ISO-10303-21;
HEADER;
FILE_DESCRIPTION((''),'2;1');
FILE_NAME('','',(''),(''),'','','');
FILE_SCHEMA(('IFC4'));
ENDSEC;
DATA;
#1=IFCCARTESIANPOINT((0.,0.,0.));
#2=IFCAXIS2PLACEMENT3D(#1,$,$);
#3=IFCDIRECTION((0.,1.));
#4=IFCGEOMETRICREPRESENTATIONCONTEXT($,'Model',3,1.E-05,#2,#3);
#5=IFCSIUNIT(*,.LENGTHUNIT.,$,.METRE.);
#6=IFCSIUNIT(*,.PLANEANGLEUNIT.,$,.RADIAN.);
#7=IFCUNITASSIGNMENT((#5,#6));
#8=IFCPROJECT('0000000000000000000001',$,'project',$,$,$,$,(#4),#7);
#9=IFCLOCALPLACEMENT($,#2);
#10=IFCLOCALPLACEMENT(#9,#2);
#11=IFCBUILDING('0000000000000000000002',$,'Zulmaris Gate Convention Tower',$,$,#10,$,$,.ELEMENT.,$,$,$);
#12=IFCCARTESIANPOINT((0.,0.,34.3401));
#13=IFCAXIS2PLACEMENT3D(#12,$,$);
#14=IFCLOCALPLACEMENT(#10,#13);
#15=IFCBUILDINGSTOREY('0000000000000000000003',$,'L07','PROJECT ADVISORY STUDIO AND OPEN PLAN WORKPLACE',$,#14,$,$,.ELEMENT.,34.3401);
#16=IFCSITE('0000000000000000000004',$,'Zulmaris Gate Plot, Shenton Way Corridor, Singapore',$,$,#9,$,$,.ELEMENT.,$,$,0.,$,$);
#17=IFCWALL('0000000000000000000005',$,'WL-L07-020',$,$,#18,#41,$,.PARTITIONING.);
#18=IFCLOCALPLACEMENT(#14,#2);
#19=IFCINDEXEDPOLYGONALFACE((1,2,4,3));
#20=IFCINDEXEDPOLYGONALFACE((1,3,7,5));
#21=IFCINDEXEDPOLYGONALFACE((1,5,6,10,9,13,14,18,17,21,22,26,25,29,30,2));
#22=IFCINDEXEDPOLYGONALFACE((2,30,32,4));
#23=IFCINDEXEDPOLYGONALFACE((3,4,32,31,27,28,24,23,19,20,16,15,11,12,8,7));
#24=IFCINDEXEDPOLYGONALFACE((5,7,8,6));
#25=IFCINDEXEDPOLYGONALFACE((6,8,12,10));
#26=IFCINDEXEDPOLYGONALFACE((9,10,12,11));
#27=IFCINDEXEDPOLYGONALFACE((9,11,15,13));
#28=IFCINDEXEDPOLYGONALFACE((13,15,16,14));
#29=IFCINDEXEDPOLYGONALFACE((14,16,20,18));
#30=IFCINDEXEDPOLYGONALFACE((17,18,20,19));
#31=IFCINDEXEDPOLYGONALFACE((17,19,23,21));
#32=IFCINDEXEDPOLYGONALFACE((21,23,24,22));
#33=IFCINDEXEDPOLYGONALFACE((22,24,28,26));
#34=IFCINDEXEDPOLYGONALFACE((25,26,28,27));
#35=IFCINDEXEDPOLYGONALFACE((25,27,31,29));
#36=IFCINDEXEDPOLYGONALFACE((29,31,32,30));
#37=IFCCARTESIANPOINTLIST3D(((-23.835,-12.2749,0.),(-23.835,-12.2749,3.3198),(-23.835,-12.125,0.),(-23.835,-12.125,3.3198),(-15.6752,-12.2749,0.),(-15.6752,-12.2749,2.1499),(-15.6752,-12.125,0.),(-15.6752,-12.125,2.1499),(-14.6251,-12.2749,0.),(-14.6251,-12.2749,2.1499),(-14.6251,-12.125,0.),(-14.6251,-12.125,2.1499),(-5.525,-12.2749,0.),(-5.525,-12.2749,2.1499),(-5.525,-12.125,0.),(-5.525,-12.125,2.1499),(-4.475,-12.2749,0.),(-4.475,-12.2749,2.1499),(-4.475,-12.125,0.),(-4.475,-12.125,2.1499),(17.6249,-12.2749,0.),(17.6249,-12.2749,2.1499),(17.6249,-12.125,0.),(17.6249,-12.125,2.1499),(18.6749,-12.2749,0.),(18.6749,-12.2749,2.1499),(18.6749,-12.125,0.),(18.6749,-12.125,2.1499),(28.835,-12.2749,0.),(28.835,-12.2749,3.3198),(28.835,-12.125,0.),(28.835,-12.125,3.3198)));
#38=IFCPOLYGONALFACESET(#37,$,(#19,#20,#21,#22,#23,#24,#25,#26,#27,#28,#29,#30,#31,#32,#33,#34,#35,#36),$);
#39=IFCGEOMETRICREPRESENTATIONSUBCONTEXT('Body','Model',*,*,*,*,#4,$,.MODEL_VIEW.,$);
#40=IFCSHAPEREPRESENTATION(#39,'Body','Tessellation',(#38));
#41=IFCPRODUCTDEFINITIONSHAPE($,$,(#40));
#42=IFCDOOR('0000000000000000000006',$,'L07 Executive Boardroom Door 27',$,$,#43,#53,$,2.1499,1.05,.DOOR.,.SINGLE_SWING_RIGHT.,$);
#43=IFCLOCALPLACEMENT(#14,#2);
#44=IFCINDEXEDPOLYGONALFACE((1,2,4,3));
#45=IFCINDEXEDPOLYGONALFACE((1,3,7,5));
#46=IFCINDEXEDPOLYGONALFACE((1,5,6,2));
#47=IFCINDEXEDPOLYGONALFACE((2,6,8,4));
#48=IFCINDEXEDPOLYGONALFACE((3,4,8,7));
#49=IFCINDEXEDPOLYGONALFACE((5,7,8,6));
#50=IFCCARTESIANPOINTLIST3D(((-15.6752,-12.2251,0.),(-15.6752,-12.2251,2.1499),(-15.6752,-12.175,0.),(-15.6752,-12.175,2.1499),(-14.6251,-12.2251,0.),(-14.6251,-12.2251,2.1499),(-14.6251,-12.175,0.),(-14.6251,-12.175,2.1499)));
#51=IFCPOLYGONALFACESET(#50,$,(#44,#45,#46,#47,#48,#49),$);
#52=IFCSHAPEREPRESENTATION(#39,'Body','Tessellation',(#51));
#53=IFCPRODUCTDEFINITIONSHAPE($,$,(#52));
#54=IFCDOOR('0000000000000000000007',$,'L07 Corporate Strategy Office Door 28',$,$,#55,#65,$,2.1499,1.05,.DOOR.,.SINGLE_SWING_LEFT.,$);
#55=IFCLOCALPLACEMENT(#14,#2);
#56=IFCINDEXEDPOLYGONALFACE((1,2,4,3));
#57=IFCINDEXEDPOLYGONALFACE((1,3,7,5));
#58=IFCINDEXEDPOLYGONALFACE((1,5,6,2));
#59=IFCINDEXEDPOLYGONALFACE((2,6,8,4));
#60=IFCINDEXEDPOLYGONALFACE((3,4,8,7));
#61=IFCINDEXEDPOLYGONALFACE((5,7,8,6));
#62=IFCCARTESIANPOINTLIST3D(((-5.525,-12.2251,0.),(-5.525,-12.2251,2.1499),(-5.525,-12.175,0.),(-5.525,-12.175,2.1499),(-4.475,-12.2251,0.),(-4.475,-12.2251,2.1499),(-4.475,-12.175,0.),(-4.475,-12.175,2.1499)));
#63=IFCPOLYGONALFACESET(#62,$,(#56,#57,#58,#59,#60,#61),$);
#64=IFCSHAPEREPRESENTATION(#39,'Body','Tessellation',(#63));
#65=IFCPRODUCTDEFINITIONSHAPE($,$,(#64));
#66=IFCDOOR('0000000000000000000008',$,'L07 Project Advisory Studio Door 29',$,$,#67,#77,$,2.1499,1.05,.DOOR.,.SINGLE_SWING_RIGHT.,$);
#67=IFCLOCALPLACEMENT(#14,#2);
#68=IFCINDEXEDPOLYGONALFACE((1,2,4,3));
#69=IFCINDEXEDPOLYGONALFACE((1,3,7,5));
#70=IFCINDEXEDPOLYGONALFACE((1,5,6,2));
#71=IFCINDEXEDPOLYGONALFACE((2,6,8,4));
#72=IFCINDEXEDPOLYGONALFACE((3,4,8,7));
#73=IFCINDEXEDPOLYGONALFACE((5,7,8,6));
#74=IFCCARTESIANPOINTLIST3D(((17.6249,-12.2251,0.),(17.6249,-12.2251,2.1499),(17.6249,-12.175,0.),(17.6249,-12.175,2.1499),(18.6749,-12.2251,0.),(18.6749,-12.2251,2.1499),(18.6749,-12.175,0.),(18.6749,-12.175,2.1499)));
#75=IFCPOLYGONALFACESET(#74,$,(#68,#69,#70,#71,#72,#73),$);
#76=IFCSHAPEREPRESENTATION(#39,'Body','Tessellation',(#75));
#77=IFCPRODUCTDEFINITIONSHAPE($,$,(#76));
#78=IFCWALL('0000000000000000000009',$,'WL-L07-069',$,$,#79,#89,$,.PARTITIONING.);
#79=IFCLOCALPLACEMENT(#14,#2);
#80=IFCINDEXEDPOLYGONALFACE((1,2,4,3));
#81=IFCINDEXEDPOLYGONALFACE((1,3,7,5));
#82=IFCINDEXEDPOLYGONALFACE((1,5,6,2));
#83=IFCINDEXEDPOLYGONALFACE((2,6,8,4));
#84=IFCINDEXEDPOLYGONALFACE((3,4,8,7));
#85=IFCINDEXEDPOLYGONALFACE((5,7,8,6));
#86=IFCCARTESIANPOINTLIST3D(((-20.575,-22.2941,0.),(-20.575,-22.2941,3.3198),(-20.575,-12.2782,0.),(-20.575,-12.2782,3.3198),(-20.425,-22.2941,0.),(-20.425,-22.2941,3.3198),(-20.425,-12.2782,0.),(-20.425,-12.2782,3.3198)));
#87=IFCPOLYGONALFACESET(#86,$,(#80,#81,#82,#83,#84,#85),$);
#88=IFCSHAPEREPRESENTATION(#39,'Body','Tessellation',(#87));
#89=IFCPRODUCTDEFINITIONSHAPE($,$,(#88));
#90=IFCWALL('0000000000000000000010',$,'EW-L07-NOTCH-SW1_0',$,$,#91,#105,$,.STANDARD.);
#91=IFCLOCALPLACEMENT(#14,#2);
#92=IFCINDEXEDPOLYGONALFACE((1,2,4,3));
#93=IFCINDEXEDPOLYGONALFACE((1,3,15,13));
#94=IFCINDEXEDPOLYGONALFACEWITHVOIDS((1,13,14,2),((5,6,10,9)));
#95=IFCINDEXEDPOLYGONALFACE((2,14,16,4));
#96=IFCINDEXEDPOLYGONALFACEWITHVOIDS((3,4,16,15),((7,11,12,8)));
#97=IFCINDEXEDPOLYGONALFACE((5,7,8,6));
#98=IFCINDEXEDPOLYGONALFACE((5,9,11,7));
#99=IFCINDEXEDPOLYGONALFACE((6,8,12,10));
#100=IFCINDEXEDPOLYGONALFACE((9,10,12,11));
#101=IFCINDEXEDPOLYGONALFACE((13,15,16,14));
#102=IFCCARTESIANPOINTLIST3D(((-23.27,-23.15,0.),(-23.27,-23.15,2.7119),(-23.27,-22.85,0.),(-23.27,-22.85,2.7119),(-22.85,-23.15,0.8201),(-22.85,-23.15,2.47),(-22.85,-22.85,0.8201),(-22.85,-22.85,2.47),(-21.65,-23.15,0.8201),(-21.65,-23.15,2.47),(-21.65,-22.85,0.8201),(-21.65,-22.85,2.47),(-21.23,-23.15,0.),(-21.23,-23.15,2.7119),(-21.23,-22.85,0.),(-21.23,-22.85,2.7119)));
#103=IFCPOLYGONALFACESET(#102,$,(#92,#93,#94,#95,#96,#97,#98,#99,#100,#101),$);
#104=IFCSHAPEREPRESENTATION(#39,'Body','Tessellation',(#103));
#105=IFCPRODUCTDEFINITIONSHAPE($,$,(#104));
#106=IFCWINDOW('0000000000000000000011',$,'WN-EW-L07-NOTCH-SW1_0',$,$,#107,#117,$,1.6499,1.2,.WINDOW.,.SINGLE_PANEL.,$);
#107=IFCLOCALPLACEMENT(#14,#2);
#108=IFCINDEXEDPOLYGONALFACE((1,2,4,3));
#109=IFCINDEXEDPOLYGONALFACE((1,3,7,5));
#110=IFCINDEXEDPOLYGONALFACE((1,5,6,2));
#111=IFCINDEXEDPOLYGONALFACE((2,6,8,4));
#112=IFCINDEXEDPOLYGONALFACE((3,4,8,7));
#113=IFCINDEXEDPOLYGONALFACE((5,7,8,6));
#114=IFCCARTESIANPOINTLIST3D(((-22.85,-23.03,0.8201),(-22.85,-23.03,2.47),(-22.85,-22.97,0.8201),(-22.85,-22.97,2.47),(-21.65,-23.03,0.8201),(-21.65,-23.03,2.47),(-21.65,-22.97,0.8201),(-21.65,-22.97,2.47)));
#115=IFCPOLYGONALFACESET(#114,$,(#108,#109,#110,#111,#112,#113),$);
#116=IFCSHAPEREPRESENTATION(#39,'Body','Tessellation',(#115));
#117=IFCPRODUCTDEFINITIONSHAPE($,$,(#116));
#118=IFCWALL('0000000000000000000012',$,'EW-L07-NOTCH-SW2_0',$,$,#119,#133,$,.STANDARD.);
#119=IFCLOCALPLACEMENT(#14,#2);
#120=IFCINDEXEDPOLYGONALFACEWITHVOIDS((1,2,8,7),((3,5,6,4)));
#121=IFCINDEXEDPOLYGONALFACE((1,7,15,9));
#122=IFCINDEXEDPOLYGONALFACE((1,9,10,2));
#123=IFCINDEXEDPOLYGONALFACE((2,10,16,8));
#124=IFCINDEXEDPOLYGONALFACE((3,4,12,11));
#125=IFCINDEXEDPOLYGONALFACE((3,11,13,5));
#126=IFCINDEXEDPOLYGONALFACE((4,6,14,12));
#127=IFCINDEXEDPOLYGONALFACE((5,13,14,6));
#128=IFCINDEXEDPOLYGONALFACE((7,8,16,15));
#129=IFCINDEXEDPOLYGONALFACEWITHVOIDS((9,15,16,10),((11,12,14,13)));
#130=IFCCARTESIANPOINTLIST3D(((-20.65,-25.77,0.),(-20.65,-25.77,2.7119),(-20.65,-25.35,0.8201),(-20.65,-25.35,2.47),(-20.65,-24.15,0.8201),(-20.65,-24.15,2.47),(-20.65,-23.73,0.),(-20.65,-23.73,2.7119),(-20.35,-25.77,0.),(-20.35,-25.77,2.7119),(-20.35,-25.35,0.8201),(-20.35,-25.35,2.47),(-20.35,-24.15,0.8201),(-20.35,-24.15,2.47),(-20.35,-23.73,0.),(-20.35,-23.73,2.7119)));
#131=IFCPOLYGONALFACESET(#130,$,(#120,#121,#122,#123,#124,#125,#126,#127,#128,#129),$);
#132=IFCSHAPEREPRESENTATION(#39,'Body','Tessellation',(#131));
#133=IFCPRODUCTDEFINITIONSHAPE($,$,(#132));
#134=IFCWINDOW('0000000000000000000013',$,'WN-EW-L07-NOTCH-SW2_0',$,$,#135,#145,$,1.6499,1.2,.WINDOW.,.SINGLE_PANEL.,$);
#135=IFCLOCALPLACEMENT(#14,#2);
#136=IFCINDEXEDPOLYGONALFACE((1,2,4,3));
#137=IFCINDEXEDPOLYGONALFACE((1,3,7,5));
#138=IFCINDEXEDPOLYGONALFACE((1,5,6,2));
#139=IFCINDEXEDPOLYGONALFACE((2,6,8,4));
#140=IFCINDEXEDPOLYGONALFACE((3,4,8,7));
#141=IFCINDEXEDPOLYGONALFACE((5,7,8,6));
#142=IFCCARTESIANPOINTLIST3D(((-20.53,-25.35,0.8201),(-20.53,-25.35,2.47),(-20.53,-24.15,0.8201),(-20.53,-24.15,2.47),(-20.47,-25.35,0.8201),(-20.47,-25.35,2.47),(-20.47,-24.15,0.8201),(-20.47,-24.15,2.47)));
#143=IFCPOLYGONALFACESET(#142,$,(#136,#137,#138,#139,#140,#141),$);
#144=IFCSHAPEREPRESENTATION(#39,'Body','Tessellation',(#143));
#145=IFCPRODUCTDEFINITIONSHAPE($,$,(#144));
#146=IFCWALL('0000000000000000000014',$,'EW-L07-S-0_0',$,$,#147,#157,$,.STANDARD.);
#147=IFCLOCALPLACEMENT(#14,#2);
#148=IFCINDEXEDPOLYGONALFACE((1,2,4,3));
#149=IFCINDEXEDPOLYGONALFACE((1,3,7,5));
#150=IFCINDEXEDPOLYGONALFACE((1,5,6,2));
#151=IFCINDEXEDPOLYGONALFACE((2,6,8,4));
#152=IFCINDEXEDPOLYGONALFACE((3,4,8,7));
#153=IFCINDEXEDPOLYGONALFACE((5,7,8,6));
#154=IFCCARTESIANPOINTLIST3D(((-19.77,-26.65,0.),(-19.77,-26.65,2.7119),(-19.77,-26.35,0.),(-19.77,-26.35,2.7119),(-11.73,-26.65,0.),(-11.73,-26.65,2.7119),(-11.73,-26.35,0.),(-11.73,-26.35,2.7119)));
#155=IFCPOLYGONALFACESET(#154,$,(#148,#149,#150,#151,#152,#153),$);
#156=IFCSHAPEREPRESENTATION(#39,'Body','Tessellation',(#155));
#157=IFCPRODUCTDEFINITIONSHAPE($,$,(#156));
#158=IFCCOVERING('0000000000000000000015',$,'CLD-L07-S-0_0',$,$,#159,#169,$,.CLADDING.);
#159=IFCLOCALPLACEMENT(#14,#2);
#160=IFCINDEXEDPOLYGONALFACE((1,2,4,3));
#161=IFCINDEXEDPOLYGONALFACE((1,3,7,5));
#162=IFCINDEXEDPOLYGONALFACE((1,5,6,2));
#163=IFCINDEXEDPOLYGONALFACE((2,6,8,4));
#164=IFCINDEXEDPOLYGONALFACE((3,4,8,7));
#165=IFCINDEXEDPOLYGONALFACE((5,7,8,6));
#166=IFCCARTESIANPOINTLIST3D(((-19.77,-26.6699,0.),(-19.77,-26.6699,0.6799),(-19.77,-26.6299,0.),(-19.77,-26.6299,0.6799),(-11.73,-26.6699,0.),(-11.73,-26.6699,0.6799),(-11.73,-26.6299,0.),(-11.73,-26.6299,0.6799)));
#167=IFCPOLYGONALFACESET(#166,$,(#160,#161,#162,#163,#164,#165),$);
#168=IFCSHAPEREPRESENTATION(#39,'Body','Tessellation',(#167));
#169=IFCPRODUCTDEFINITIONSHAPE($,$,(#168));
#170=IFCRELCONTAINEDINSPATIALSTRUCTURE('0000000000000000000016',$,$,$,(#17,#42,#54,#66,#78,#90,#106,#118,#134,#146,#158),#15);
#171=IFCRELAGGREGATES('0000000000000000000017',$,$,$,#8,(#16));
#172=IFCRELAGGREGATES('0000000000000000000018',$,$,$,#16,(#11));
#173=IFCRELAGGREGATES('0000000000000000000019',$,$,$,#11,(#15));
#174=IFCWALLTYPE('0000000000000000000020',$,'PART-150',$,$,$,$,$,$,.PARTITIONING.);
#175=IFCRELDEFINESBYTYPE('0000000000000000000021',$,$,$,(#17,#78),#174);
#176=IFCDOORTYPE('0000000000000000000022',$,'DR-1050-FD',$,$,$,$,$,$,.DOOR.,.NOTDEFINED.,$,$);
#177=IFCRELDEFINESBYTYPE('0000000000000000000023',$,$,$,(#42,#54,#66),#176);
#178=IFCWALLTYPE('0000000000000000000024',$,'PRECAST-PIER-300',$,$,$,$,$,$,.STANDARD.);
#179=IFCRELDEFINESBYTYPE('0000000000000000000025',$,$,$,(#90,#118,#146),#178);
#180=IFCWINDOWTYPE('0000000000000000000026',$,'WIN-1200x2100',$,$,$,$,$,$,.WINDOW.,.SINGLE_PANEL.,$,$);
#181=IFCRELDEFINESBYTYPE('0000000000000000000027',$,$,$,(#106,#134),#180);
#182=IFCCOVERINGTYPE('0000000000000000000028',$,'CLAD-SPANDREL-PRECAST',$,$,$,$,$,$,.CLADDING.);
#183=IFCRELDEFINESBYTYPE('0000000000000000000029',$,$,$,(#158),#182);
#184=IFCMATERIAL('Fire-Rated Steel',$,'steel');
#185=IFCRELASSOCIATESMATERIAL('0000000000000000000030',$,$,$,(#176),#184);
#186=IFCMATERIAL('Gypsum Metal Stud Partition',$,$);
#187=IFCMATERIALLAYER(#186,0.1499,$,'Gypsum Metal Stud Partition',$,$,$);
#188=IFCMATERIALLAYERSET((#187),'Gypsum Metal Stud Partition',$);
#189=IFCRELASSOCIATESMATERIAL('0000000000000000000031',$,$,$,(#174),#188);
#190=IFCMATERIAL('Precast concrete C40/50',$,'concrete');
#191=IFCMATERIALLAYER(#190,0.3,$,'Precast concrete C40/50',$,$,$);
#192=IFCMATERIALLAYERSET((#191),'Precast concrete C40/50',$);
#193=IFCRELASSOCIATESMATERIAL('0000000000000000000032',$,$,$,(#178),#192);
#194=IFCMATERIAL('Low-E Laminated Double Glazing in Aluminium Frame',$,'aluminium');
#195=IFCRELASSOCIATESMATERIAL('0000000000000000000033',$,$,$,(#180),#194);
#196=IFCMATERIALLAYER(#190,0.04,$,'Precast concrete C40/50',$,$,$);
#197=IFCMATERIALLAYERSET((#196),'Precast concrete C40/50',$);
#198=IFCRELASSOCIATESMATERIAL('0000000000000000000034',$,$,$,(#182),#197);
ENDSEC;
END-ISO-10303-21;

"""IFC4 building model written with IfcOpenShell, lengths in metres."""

from ifc_helpers import new_model, si_unit, direction, frame, frame_2d, origin, place, context, subcontext, project, spatial, rectangle, extrude, material, layer, layer_set, type_object, element, fill, save


model = new_model("IFC4")

# Units and contexts
model_context = context("Model", 3, precision=1e-05, world=origin(), true_north=direction((0.0, 1.0)))
body_context = subcontext(model_context, "Body", "Model", "MODEL_VIEW")
ifc_project = project(units=[si_unit("LENGTHUNIT", "METRE"), si_unit("PLANEANGLEUNIT", "RADIAN")], contexts=[model_context])

# Site, building, storey
site_placement = place(None, origin())
site = spatial("IfcSite", under=ifc_project, at=site_placement, Name="Zulmaris Gate Plot, Shenton Way Corridor, Singapore", CompositionType="ELEMENT", RefElevation=0.0)
building_placement = place(site_placement, origin())
building = spatial("IfcBuilding", under=site, at=building_placement, Name="Zulmaris Gate Convention Tower", CompositionType="ELEMENT")
storey_placement = place(building_placement, frame((0.0, 0.0, 34.3401)))
storey = spatial("IfcBuildingStorey", under=building, at=storey_placement, Name="L07", Description="PROJECT ADVISORY STUDIO AND OPEN PLAN WORKPLACE", CompositionType="ELEMENT", Elevation=34.3401)

# Shared definitions
ifc_material_1 = material(Name="Fire-Rated Steel", Category="steel")
door_type_1 = type_object("IfcDoorType", Name="DR-1050-FD", OperationType="NOTDEFINED", PredefinedType="DOOR", material=ifc_material_1)

# Wall, openings, doors
ifc_material_2 = material(Name="Gypsum Metal Stud Partition")
ifc_layer_1 = layer(ifc_material_2, 0.1499, Name="Gypsum Metal Stud Partition")
ifc_layer_set_1 = layer_set([ifc_layer_1], Name="Gypsum Metal Stud Partition")
wall_type_1 = type_object("IfcWallType", Name="PART-150", PredefinedType="PARTITIONING", material=ifc_layer_set_1)
wall_1_placement = place(storey_placement, frame((-23.835, -12.2, 0.0), z_axis=(0.0, 0.0, 1.0), x_axis=(1.0, 0.0, 0.0)))
wall_1 = element("IfcWall", 1, at=wall_1_placement, inside=storey, type_object=wall_type_1, Name="WL-L07-020", PredefinedType="PARTITIONING", context=body_context, shape_type="SweptSolid", body=[
    extrude(rectangle(XDim=52.6699, YDim=0.1499, at=frame_2d((26.335, 0.0))), origin(), (0.0, 0.0, 1.0), 3.3198),
])
opening_1_placement = place(wall_1_placement, frame((8.1599, 0.0, 0.0)))
opening_1 = element("IfcOpeningElement", 2, at=opening_1_placement, cuts=wall_1, PredefinedType="OPENING", context=body_context, shape_type="SweptSolid", body=[
    extrude(rectangle(XDim=1.05, YDim=2.1499, at=frame_2d((0.5249, 1.075))), frame((0.0, 0.085, 0.0), z_axis=(0.0, -1.0, 0.0), x_axis=(1.0, 0.0, 0.0)), (0.0, 0.0, 1.0), 0.1699),
])
opening_2_placement = place(wall_1_placement, frame((18.3101, 0.0, 0.0)))
opening_2 = element("IfcOpeningElement", 3, at=opening_2_placement, cuts=wall_1, PredefinedType="OPENING", context=body_context, shape_type="SweptSolid", body=[
    extrude(rectangle(XDim=1.05, YDim=2.1499, at=frame_2d((0.5249, 1.075))), frame((0.0, 0.085, 0.0), z_axis=(0.0, -1.0, 0.0), x_axis=(1.0, 0.0, 0.0)), (0.0, 0.0, 1.0), 0.1699),
])
opening_3_placement = place(wall_1_placement, frame((41.46, 0.0, 0.0)))
opening_3 = element("IfcOpeningElement", 4, at=opening_3_placement, cuts=wall_1, PredefinedType="OPENING", context=body_context, shape_type="SweptSolid", body=[
    extrude(rectangle(XDim=1.05, YDim=2.1499, at=frame_2d((0.5249, 1.075))), frame((0.0, 0.085, 0.0), z_axis=(0.0, -1.0, 0.0), x_axis=(1.0, 0.0, 0.0)), (0.0, 0.0, 1.0), 0.1699),
])
door_1_placement = place(opening_1_placement, origin())
door_1 = element("IfcDoor", 5, at=door_1_placement, inside=storey, type_object=door_type_1, Name="L07 Executive Boardroom Door 27", OperationType="SINGLE_SWING_RIGHT", OverallHeight=2.1499, OverallWidth=1.05, PredefinedType="DOOR", context=body_context, shape_type="SweptSolid", body=[
    extrude(rectangle(XDim=1.05, YDim=2.1499, at=frame_2d((0.5249, 1.075))), frame((0.0, 0.0249, 0.0), z_axis=(0.0, -1.0, 0.0), x_axis=(1.0, 0.0, 0.0)), (0.0, 0.0, 1.0), 0.05),
])
fill(opening_1, door_1)
door_2_placement = place(opening_2_placement, origin())
door_2 = element("IfcDoor", 6, at=door_2_placement, inside=storey, type_object=door_type_1, Name="L07 Corporate Strategy Office Door 28", OperationType="SINGLE_SWING_LEFT", OverallHeight=2.1499, OverallWidth=1.05, PredefinedType="DOOR", context=body_context, shape_type="SweptSolid", body=[
    extrude(rectangle(XDim=1.05, YDim=2.1499, at=frame_2d((0.5249, 1.075))), frame((0.0, 0.0249, 0.0), z_axis=(0.0, -1.0, 0.0), x_axis=(1.0, 0.0, 0.0)), (0.0, 0.0, 1.0), 0.05),
])
fill(opening_2, door_2)
door_3_placement = place(opening_3_placement, origin())
door_3 = element("IfcDoor", 7, at=door_3_placement, inside=storey, type_object=door_type_1, Name="L07 Project Advisory Studio Door 29", OperationType="SINGLE_SWING_RIGHT", OverallHeight=2.1499, OverallWidth=1.05, PredefinedType="DOOR", context=body_context, shape_type="SweptSolid", body=[
    extrude(rectangle(XDim=1.05, YDim=2.1499, at=frame_2d((0.5249, 1.075))), frame((0.0, 0.0249, 0.0), z_axis=(0.0, -1.0, 0.0), x_axis=(1.0, 0.0, 0.0)), (0.0, 0.0, 1.0), 0.05),
])
fill(opening_3, door_3)

# Wall
wall_2_placement = place(storey_placement, frame((-20.5, -22.2939, 0.0), z_axis=(0.0, 0.0, 1.0), x_axis=(0.0, 1.0, 0.0)))
element("IfcWall", 8, at=wall_2_placement, inside=storey, type_object=wall_type_1, Name="WL-L07-069", PredefinedType="PARTITIONING", context=body_context, shape_type="SweptSolid", body=[
    extrude(rectangle(XDim=10.0159, YDim=0.1499, at=frame_2d((5.0078, 0.0))), origin(), (0.0, 0.0, 1.0), 3.3198),
])

# Walls, openings, windows
ifc_material_3 = material(Name="Precast concrete C40/50", Category="concrete")
ifc_layer_2 = layer(ifc_material_3, 0.3, Name="Precast concrete C40/50")
ifc_layer_set_2 = layer_set([ifc_layer_2], Name="Precast concrete C40/50")
wall_type_2 = type_object("IfcWallType", Name="PRECAST-PIER-300", PredefinedType="STANDARD", material=ifc_layer_set_2)
wall_3_placement = place(storey_placement, frame((-23.27, -23.0, 0.0), z_axis=(0.0, 0.0, 1.0), x_axis=(1.0, 0.0, 0.0)))
wall_3 = element("IfcWall", 9, at=wall_3_placement, inside=storey, type_object=wall_type_2, Name="EW-L07-NOTCH-SW1_0", PredefinedType="STANDARD", context=body_context, shape_type="SweptSolid", body=[
    extrude(rectangle(XDim=2.04, YDim=0.3, at=frame_2d((1.02, 0.0))), origin(), (0.0, 0.0, 1.0), 2.7119),
])
opening_4_placement = place(wall_3_placement, frame((0.4199, 0.0, 0.8201)))
opening_4 = element("IfcOpeningElement", 10, at=opening_4_placement, cuts=wall_3, PredefinedType="OPENING", context=body_context, shape_type="SweptSolid", body=[
    extrude(rectangle(XDim=1.2, YDim=1.6499, at=frame_2d((0.6001, 0.825))), frame((0.0, 0.1602, 0.0), z_axis=(0.0, -1.0, 0.0), x_axis=(1.0, 0.0, 0.0)), (0.0, 0.0, 1.0), 0.3201),
])
ifc_material_4 = material(Name="Low-E Laminated Double Glazing in Aluminium Frame", Category="aluminium")
window_type = type_object("IfcWindowType", Name="WIN-1200x2100", PartitioningType="SINGLE_PANEL", PredefinedType="WINDOW", material=ifc_material_4)
window_1_placement = place(opening_4_placement, origin())
window_1 = element("IfcWindow", 11, at=window_1_placement, inside=storey, type_object=window_type, Name="WN-EW-L07-NOTCH-SW1_0", OverallHeight=1.6499, OverallWidth=1.2, PartitioningType="SINGLE_PANEL", PredefinedType="WINDOW", context=body_context, shape_type="SweptSolid", body=[
    extrude(rectangle(XDim=1.2, YDim=1.6499, at=frame_2d((0.6001, 0.825))), frame((0.0, 0.03, 0.0), z_axis=(0.0, -1.0, 0.0), x_axis=(1.0, 0.0, 0.0)), (0.0, 0.0, 1.0), 0.0601),
])
fill(opening_4, window_1)
wall_4_placement = place(storey_placement, frame((-20.5, -23.73, 0.0), z_axis=(0.0, 0.0, 1.0), x_axis=(0.0, -1.0, 0.0)))
wall_4 = element("IfcWall", 12, at=wall_4_placement, inside=storey, type_object=wall_type_2, Name="EW-L07-NOTCH-SW2_0", PredefinedType="STANDARD", context=body_context, shape_type="SweptSolid", body=[
    extrude(rectangle(XDim=2.04, YDim=0.3, at=frame_2d((1.02, 0.0))), origin(), (0.0, 0.0, 1.0), 2.7119),
])
opening_5_placement = place(wall_4_placement, frame((0.4199, 0.0, 0.8201)))
opening_5 = element("IfcOpeningElement", 13, at=opening_5_placement, cuts=wall_4, PredefinedType="OPENING", context=body_context, shape_type="SweptSolid", body=[
    extrude(rectangle(XDim=1.2, YDim=1.6499, at=frame_2d((0.6001, 0.825))), frame((0.0, 0.1602, 0.0), z_axis=(0.0, -1.0, 0.0), x_axis=(1.0, 0.0, 0.0)), (0.0, 0.0, 1.0), 0.3201),
])
window_2_placement = place(opening_5_placement, origin())
window_2 = element("IfcWindow", 14, at=window_2_placement, inside=storey, type_object=window_type, Name="WN-EW-L07-NOTCH-SW2_0", OverallHeight=1.6499, OverallWidth=1.2, PartitioningType="SINGLE_PANEL", PredefinedType="WINDOW", context=body_context, shape_type="SweptSolid", body=[
    extrude(rectangle(XDim=1.2, YDim=1.6499, at=frame_2d((0.6001, 0.825))), frame((0.0, 0.03, 0.0), z_axis=(0.0, -1.0, 0.0), x_axis=(1.0, 0.0, 0.0)), (0.0, 0.0, 1.0), 0.0601),
])
fill(opening_5, window_2)

# Wall
wall_5_placement = place(storey_placement, frame((-19.77, -26.5, 0.0), z_axis=(0.0, 0.0, 1.0), x_axis=(1.0, 0.0, 0.0)))
element("IfcWall", 15, at=wall_5_placement, inside=storey, type_object=wall_type_2, Name="EW-L07-S-0_0", PredefinedType="STANDARD", context=body_context, shape_type="SweptSolid", body=[
    extrude(rectangle(XDim=8.04, YDim=0.3, at=frame_2d((4.02, 0.0))), origin(), (0.0, 0.0, 1.0), 2.7119),
])

# Covering
ifc_layer_3 = layer(ifc_material_3, 0.04, Name="Precast concrete C40/50")
ifc_layer_set_3 = layer_set([ifc_layer_3], Name="Precast concrete C40/50")
covering_type_1 = type_object("IfcCoveringType", Name="CLAD-SPANDREL-PRECAST", PredefinedType="CLADDING", material=ifc_layer_set_3)
covering_1_placement = place(storey_placement, frame((-19.77, -26.6499, 0.0), z_axis=(0.0, 0.0, 1.0), x_axis=(1.0, 0.0, 0.0)))
element("IfcCovering", 16, at=covering_1_placement, inside=storey, type_object=covering_type_1, Name="CLD-L07-S-0_0", PredefinedType="CLADDING", context=body_context, shape_type="SweptSolid", body=[
    extrude(rectangle(XDim=8.04, YDim=0.04, at=frame_2d((4.02, 0.0))), origin(), (0.0, 0.0, 1.0), 0.6799),
])

save(model, "model.ifc")
